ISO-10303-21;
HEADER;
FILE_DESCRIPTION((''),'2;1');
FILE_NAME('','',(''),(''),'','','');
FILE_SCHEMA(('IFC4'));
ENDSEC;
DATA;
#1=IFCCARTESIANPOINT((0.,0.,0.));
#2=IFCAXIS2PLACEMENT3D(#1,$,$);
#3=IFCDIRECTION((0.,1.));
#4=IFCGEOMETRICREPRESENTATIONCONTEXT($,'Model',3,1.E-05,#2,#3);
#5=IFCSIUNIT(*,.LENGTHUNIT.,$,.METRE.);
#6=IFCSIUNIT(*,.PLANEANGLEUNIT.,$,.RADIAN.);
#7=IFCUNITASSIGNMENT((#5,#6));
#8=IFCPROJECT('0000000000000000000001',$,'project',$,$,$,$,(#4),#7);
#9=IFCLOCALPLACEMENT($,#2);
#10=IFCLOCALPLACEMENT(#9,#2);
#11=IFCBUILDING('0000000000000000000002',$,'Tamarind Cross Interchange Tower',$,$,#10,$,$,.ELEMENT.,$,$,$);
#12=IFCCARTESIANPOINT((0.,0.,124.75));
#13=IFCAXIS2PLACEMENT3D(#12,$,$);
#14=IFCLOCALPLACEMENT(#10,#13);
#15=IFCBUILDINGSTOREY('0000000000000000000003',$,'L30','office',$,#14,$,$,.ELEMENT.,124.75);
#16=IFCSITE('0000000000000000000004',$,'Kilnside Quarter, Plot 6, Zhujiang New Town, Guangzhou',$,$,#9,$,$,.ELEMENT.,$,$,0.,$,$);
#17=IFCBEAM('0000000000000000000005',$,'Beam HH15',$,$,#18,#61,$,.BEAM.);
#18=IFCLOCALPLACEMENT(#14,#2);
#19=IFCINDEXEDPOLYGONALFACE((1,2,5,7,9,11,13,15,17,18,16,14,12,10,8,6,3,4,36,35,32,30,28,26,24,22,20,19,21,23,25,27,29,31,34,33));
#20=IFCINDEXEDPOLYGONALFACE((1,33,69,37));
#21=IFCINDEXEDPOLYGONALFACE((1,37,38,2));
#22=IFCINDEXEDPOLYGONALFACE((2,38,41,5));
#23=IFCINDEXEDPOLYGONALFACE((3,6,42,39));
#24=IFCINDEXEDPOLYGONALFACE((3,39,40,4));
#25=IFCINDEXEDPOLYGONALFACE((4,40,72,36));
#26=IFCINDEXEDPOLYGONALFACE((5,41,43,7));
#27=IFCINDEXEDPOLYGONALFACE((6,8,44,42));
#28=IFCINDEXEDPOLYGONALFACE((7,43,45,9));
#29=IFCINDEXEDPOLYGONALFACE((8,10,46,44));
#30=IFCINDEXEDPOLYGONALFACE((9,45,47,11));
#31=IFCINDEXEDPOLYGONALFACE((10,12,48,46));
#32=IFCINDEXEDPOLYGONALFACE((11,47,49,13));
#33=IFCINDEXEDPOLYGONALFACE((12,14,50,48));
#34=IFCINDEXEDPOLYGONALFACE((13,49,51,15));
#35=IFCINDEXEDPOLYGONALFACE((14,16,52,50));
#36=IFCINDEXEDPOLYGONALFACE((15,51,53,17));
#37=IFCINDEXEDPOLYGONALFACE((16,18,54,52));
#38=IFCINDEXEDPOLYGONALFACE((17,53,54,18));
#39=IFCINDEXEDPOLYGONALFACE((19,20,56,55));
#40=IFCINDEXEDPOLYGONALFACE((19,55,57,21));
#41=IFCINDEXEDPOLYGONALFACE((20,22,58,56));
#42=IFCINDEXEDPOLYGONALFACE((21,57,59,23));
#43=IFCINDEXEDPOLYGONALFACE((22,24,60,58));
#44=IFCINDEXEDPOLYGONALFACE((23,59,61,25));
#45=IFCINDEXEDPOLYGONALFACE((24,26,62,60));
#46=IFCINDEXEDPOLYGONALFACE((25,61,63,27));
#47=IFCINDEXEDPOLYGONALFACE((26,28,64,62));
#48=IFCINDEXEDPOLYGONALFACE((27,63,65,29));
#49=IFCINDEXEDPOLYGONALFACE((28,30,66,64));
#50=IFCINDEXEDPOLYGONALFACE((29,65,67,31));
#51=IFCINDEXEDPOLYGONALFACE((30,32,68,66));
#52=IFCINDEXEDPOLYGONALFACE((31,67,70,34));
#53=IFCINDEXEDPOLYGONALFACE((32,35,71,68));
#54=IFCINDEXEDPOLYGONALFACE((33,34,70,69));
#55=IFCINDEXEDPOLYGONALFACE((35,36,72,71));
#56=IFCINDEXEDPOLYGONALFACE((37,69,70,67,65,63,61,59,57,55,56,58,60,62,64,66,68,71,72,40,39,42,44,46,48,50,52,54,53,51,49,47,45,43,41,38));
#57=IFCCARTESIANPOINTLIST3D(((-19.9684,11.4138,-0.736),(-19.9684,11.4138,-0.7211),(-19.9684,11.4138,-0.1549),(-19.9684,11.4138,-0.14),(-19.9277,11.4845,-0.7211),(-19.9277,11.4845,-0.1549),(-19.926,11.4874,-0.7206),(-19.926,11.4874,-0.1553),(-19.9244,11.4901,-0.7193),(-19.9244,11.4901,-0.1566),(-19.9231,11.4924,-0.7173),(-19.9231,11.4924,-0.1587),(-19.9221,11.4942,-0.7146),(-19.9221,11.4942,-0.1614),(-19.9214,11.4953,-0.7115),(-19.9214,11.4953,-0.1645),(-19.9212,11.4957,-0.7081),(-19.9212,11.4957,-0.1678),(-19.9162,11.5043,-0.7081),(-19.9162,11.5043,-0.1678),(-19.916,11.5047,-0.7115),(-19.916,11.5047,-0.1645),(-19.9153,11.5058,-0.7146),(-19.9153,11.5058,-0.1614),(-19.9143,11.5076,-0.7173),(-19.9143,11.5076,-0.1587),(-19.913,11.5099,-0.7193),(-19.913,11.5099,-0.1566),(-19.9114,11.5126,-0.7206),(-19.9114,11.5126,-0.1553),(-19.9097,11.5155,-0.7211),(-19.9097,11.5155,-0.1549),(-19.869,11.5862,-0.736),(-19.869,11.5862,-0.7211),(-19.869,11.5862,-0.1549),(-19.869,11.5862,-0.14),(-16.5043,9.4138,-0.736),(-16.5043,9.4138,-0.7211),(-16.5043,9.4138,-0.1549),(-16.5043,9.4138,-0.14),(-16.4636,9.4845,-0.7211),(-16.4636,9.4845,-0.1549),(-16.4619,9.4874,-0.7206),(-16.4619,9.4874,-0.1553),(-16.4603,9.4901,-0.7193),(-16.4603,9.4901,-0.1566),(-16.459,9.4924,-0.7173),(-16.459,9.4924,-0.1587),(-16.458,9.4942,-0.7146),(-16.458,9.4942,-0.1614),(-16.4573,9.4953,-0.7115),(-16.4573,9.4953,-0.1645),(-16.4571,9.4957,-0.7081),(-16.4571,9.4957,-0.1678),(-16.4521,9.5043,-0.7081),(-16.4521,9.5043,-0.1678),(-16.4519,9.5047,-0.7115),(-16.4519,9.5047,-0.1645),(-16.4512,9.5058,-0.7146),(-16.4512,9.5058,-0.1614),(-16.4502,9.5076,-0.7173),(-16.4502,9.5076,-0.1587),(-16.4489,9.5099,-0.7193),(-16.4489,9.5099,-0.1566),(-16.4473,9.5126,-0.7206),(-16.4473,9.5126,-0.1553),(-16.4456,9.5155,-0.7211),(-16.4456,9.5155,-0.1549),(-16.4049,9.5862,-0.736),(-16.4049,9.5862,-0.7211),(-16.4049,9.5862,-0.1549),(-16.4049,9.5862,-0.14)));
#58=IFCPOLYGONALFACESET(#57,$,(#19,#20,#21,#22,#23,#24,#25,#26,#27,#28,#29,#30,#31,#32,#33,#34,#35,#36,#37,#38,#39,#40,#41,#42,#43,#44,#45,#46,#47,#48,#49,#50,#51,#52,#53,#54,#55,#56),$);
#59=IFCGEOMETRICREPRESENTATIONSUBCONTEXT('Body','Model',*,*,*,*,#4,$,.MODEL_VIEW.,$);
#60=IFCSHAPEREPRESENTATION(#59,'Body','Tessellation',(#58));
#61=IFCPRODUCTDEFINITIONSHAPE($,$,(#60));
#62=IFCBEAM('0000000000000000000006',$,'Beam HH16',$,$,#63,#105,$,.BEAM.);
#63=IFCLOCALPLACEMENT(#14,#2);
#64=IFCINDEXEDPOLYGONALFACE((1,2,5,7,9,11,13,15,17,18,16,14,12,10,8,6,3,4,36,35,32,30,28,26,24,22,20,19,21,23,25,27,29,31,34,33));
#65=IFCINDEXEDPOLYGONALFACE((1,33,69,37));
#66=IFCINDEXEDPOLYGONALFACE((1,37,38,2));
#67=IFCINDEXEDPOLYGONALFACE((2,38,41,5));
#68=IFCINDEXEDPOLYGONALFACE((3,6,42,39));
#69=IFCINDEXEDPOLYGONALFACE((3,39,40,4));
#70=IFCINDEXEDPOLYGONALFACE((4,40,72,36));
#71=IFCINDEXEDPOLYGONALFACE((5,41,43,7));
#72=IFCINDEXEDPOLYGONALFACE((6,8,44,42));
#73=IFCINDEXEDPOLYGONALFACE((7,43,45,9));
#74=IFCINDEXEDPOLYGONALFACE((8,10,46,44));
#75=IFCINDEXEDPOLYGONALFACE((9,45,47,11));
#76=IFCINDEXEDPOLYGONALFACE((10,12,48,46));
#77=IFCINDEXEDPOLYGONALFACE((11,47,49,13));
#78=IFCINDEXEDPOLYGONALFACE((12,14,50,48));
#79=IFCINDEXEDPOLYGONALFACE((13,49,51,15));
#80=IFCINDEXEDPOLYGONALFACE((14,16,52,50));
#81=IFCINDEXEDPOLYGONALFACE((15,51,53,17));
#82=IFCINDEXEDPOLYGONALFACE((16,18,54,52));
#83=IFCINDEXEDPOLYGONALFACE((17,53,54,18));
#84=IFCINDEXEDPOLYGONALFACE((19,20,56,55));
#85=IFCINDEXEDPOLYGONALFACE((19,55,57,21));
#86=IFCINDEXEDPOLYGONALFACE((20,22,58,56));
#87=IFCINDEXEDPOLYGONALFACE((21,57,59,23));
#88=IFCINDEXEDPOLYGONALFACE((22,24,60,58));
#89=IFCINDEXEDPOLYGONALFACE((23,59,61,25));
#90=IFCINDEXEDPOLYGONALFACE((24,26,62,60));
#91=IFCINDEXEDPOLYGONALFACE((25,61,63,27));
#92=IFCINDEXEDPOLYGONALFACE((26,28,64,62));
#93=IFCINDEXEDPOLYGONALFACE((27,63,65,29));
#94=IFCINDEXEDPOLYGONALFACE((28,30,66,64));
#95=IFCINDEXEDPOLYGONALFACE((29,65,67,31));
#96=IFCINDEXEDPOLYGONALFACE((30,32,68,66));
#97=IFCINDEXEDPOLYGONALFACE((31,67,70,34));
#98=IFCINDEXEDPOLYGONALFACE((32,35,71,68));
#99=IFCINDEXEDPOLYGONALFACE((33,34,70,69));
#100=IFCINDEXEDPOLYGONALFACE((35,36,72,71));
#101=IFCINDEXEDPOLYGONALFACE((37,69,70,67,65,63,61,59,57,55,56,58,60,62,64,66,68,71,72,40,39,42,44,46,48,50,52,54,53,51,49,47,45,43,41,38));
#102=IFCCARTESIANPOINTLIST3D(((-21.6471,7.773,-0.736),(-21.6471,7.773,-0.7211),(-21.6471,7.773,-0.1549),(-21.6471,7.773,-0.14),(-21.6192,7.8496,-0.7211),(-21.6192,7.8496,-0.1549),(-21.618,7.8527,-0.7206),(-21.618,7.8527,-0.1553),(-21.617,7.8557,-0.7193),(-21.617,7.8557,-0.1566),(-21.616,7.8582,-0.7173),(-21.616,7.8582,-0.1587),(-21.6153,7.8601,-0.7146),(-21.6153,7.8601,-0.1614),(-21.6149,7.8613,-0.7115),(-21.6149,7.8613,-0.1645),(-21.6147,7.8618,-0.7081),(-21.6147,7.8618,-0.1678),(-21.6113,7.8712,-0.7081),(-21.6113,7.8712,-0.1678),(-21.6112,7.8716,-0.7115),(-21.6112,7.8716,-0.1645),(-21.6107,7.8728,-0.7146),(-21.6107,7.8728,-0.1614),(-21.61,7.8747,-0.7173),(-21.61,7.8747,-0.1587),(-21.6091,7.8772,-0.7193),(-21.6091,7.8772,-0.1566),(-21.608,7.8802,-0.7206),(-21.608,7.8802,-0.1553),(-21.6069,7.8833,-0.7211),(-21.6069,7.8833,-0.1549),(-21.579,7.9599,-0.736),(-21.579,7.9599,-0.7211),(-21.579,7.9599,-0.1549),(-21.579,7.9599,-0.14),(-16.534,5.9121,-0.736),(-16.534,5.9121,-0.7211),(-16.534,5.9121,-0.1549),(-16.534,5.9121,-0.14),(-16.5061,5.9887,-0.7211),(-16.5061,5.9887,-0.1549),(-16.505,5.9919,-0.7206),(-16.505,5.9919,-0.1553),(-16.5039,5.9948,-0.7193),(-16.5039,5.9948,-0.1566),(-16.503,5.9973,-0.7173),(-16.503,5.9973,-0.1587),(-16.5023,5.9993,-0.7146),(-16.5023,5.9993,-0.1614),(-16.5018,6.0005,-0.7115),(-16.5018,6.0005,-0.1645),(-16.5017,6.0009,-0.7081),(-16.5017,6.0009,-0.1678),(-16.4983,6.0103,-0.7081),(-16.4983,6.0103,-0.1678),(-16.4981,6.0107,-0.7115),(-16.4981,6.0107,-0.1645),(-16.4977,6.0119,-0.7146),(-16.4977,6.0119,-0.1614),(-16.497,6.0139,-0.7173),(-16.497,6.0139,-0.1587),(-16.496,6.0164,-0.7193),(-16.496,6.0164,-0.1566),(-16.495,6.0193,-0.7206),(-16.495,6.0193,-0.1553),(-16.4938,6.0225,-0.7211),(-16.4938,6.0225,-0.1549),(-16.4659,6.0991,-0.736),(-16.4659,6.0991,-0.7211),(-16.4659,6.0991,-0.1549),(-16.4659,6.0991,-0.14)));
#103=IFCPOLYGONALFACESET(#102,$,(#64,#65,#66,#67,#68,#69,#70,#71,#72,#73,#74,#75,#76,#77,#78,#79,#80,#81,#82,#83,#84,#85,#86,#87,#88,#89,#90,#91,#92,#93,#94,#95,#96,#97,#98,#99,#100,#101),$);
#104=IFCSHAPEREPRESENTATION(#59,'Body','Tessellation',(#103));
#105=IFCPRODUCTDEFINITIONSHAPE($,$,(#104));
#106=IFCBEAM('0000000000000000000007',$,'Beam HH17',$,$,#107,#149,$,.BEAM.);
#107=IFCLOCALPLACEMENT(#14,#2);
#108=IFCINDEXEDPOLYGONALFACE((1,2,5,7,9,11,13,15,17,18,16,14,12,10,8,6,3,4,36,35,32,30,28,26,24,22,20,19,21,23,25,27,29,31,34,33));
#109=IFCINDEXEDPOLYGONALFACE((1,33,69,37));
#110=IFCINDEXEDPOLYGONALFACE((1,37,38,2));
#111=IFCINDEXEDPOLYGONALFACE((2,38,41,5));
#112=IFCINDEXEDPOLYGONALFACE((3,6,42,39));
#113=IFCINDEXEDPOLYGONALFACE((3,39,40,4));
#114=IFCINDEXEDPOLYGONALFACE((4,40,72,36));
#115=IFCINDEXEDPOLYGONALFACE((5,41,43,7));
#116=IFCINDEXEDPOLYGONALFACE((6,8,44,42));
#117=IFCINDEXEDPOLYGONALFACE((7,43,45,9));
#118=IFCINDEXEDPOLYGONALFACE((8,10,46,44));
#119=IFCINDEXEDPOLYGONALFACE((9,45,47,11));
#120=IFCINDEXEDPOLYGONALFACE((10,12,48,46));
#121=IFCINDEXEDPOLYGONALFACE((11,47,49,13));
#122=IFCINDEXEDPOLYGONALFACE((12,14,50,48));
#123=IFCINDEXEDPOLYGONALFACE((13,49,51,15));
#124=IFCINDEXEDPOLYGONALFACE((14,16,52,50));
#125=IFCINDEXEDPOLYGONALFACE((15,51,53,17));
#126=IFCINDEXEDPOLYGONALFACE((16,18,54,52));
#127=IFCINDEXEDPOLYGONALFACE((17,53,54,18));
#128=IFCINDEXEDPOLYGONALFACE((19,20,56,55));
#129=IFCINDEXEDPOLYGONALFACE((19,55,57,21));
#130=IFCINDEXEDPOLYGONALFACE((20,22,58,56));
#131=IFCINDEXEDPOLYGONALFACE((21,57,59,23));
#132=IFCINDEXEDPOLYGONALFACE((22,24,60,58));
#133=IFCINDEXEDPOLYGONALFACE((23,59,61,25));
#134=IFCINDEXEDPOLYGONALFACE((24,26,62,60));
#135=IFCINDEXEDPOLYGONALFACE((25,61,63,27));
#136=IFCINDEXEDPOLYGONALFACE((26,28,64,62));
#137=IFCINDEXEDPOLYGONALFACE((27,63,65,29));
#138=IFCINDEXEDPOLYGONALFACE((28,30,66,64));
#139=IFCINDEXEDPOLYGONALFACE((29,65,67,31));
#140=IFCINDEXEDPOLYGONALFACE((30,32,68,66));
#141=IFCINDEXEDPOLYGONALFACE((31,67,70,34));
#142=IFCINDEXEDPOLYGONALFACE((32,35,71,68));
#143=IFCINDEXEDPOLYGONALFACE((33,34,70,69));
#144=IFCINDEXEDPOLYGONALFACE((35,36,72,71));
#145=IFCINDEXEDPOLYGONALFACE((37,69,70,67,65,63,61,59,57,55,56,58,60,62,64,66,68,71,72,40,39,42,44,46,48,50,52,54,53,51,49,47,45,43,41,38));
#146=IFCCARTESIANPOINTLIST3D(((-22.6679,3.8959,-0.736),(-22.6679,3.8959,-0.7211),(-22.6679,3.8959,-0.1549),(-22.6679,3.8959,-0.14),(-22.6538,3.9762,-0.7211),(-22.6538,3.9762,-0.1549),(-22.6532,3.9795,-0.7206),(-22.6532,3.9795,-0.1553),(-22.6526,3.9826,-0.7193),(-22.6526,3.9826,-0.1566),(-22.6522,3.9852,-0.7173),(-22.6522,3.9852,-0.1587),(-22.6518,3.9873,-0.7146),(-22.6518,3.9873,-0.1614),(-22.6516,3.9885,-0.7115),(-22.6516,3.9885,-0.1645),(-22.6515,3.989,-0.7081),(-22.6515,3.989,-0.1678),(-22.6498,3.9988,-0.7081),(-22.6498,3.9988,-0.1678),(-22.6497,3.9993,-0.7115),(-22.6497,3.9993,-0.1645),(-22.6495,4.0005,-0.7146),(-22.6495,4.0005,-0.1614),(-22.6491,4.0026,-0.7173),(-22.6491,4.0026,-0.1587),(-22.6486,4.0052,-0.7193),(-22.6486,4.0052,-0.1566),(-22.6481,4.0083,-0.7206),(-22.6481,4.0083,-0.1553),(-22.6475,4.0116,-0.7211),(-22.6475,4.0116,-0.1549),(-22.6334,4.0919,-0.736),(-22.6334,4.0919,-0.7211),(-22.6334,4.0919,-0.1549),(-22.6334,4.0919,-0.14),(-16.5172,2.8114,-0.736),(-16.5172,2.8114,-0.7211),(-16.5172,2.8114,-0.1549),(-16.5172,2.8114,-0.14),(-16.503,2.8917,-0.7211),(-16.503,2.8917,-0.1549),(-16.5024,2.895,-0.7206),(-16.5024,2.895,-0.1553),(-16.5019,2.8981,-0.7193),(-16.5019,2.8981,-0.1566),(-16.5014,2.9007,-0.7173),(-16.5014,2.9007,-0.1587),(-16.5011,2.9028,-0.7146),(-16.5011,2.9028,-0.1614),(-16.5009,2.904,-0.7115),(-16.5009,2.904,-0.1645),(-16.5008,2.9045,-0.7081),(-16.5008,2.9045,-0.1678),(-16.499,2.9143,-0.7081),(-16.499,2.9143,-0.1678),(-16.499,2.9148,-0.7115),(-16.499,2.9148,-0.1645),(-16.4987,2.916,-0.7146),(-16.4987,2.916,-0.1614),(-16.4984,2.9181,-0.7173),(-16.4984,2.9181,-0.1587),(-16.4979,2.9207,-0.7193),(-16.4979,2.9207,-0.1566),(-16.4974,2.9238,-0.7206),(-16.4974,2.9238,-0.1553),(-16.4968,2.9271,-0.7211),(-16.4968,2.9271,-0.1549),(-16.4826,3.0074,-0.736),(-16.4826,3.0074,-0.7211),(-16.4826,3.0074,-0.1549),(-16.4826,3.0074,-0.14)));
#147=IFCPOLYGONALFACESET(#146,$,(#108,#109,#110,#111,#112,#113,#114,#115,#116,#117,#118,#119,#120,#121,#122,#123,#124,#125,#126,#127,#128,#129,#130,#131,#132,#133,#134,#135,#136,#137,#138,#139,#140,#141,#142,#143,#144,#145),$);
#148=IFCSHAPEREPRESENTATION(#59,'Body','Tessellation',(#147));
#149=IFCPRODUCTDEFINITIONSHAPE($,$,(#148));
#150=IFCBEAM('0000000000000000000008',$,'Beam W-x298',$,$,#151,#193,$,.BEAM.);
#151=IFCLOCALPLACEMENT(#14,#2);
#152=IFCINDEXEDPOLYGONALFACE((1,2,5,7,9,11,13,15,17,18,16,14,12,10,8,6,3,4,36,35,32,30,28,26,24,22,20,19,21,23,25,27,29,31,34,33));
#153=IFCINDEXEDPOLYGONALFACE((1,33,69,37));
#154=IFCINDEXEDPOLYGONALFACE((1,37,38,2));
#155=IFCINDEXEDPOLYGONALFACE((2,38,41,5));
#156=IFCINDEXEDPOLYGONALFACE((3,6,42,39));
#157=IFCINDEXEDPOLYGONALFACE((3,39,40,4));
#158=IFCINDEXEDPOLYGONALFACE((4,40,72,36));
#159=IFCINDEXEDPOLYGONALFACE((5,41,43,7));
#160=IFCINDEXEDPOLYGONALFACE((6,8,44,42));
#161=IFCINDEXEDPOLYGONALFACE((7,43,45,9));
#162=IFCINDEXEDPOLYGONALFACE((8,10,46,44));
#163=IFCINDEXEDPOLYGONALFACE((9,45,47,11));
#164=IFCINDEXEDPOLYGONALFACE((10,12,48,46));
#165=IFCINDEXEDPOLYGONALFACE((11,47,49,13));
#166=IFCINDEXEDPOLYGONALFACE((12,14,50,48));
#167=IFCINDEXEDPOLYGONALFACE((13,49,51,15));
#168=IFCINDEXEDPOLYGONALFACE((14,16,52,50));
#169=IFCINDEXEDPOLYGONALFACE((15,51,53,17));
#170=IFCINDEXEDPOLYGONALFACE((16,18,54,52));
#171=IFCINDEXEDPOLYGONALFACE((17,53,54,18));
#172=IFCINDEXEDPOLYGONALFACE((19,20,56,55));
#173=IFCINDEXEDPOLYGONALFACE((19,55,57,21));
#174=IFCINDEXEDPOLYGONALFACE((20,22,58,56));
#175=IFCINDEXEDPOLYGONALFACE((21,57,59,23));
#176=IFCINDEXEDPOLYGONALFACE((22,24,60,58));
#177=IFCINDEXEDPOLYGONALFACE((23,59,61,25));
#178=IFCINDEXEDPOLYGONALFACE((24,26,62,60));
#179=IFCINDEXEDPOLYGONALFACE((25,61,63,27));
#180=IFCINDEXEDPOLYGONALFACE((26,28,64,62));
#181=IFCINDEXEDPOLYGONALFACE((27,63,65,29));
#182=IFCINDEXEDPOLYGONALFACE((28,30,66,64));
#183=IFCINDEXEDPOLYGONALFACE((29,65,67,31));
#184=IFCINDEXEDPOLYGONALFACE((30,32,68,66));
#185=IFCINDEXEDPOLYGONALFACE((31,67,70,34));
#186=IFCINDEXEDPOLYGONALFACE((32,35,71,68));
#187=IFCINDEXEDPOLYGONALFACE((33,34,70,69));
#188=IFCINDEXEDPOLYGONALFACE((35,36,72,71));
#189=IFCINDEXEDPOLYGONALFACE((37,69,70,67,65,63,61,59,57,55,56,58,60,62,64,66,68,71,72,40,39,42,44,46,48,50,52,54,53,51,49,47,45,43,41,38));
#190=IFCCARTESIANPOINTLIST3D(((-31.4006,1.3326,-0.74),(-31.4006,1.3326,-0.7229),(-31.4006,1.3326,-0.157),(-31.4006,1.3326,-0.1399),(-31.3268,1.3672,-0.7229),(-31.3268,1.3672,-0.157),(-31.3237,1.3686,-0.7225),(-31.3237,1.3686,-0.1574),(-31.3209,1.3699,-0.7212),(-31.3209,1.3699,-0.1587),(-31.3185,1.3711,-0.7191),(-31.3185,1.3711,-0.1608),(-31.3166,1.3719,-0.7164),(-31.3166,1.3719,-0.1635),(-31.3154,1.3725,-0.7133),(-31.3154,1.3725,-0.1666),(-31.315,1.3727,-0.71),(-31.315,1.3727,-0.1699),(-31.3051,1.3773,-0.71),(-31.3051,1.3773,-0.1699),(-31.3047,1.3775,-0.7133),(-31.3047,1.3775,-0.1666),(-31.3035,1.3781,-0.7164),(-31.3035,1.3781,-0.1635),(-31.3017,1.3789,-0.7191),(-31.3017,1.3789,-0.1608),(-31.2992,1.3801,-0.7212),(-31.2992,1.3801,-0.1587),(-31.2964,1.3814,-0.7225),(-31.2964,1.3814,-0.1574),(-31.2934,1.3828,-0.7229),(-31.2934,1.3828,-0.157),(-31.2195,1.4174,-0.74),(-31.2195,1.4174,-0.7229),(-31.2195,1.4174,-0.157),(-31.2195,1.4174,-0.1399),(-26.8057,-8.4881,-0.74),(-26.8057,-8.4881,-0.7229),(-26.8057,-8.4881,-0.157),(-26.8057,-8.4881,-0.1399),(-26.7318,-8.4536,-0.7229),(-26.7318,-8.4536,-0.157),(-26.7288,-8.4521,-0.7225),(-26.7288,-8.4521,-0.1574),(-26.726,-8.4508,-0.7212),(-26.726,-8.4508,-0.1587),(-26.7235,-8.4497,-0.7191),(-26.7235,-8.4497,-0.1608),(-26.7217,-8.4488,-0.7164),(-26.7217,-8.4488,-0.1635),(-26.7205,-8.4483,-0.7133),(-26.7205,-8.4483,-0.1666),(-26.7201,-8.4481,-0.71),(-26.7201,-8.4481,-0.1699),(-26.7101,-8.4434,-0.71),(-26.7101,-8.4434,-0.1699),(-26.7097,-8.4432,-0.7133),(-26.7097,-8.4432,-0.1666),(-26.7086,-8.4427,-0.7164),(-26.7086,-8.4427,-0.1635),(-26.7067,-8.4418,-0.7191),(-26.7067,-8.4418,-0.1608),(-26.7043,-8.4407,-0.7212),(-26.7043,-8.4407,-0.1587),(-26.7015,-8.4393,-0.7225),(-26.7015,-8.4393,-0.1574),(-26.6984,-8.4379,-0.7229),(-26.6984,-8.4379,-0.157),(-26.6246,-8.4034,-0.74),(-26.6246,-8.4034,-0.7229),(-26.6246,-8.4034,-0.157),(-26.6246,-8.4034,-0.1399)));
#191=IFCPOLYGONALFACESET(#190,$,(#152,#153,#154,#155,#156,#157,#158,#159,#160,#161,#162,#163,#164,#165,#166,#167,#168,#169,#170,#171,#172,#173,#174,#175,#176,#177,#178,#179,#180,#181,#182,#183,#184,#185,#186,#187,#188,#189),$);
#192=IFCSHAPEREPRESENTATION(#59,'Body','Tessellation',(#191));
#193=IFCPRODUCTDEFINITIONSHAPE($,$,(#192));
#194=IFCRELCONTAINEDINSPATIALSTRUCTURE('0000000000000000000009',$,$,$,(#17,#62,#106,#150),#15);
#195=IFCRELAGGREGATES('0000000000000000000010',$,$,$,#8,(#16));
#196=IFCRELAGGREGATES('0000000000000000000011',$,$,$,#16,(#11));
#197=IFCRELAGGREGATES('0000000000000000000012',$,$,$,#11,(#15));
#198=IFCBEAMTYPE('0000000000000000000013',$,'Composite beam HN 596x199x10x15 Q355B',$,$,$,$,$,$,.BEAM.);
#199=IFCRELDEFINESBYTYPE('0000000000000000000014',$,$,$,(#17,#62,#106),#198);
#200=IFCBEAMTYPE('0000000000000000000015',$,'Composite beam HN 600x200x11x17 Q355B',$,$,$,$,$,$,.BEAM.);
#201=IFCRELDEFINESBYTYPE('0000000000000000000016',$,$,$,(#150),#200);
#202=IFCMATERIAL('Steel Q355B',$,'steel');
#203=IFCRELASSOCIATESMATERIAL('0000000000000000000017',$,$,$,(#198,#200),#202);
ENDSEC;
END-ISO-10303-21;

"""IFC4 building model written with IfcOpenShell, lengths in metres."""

from ifc_helpers import new_model, si_unit, direction, frame, origin, origin_2d, place, context, subcontext, project, spatial, i_section, extrude, material, material_profile, profile_set, type_object, element, save


model = new_model("IFC4")

# Units and contexts
model_context = context("Model", 3, precision=1e-05, world=origin(), true_north=direction((0.0, 1.0)))
body_context = subcontext(model_context, "Body", "Model", "MODEL_VIEW")
ifc_project = project(units=[si_unit("LENGTHUNIT", "METRE"), si_unit("PLANEANGLEUNIT", "RADIAN")], contexts=[model_context])

# Site, building, storey
site_placement = place(None, origin())
site = spatial("IfcSite", under=ifc_project, at=site_placement, Name="Kilnside Quarter, Plot 6, Zhujiang New Town, Guangzhou", CompositionType="ELEMENT", RefElevation=0.0)
building_placement = place(site_placement, origin())
building = spatial("IfcBuilding", under=site, at=building_placement, Name="Tamarind Cross Interchange Tower", CompositionType="ELEMENT")
storey_placement = place(building_placement, frame((0.0, 0.0, 124.75)))
storey = spatial("IfcBuildingStorey", under=building, at=storey_placement, Name="L30", Description="office", CompositionType="ELEMENT", Elevation=124.75)

# Beams
ifc_material_1 = material(Name="Steel Q355B", Category="steel")
ifc_material_profile_1 = material_profile(ifc_material_1, i_section(OverallWidth=0.199, OverallDepth=0.5959, WebThickness=0.01, FlangeThickness=0.0149, FilletRadius=0.0129, at=origin_2d()), Name="HN 596x199x10x15")
ifc_profile_set_1 = profile_set([ifc_material_profile_1], Name="Steel Q355B")
beam_type_1 = type_object("IfcBeamType", Name="Composite beam HN 596x199x10x15 Q355B", PredefinedType="BEAM", material=ifc_profile_set_1)
beam_1_placement = place(storey_placement, frame((-19.9187, 11.5, -0.438), z_axis=(0.866026, -0.499999, 0.0), x_axis=(0.499999, 0.866026, 0.0)))
element("IfcBeam", 1, at=beam_1_placement, inside=storey, type_object=beam_type_1, Name="Beam HH15", PredefinedType="BEAM", context=body_context, shape_type="SweptSolid", body=[
    extrude(i_section(OverallWidth=0.199, OverallDepth=0.5959, WebThickness=0.01, FlangeThickness=0.0149, FilletRadius=0.0129, at=origin_2d()), origin(), (0.0, 0.0, 1.0), 4.0),
])
beam_2_placement = place(storey_placement, frame((-21.613, 7.8665, -0.438), z_axis=(0.939702, -0.341995, 0.0), x_axis=(0.341995, 0.939702, 0.0)))
element("IfcBeam", 2, at=beam_2_placement, inside=storey, type_object=beam_type_1, Name="Beam HH16", PredefinedType="BEAM", context=body_context, shape_type="SweptSolid", body=[
    extrude(i_section(OverallWidth=0.199, OverallDepth=0.5959, WebThickness=0.01, FlangeThickness=0.0149, FilletRadius=0.0129, at=origin_2d()), origin(), (0.0, 0.0, 1.0), 5.4412),
])
beam_3_placement = place(storey_placement, frame((-22.6506, 3.9939, -0.438), z_axis=(0.984809, -0.17364, 0.0), x_axis=(0.17364, 0.984809, 0.0)))
element("IfcBeam", 3, at=beam_3_placement, inside=storey, type_object=beam_type_1, Name="Beam HH17", PredefinedType="BEAM", context=body_context, shape_type="SweptSolid", body=[
    extrude(i_section(OverallWidth=0.199, OverallDepth=0.5959, WebThickness=0.01, FlangeThickness=0.0149, FilletRadius=0.0129, at=origin_2d()), origin(), (0.0, 0.0, 1.0), 6.2456),
])
ifc_material_profile_2 = material_profile(ifc_material_1, i_section(OverallWidth=0.2, OverallDepth=0.6001, WebThickness=0.011, FlangeThickness=0.0171, FilletRadius=0.0129, at=origin_2d()), Name="HN 600x200x11x17")
ifc_profile_set_2 = profile_set([ifc_material_profile_2], Name="Steel Q355B")
beam_type_2 = type_object("IfcBeamType", Name="Composite beam HN 600x200x11x17 Q355B", PredefinedType="BEAM", material=ifc_profile_set_2)
beam_4_placement = place(storey_placement, frame((-31.3101, 1.375, -0.4399), z_axis=(0.423789, -0.905761, 0.0), x_axis=(0.905761, 0.423789, 0.0)))
element("IfcBeam", 4, at=beam_4_placement, inside=storey, type_object=beam_type_2, Name="Beam W-x298", PredefinedType="BEAM", context=body_context, shape_type="SweptSolid", body=[
    extrude(i_section(OverallWidth=0.2, OverallDepth=0.6001, WebThickness=0.011, FlangeThickness=0.0171, FilletRadius=0.0129, at=origin_2d()), origin(), (0.0, 0.0, 1.0), 10.8425),
])

save(model, "model.ifc")
